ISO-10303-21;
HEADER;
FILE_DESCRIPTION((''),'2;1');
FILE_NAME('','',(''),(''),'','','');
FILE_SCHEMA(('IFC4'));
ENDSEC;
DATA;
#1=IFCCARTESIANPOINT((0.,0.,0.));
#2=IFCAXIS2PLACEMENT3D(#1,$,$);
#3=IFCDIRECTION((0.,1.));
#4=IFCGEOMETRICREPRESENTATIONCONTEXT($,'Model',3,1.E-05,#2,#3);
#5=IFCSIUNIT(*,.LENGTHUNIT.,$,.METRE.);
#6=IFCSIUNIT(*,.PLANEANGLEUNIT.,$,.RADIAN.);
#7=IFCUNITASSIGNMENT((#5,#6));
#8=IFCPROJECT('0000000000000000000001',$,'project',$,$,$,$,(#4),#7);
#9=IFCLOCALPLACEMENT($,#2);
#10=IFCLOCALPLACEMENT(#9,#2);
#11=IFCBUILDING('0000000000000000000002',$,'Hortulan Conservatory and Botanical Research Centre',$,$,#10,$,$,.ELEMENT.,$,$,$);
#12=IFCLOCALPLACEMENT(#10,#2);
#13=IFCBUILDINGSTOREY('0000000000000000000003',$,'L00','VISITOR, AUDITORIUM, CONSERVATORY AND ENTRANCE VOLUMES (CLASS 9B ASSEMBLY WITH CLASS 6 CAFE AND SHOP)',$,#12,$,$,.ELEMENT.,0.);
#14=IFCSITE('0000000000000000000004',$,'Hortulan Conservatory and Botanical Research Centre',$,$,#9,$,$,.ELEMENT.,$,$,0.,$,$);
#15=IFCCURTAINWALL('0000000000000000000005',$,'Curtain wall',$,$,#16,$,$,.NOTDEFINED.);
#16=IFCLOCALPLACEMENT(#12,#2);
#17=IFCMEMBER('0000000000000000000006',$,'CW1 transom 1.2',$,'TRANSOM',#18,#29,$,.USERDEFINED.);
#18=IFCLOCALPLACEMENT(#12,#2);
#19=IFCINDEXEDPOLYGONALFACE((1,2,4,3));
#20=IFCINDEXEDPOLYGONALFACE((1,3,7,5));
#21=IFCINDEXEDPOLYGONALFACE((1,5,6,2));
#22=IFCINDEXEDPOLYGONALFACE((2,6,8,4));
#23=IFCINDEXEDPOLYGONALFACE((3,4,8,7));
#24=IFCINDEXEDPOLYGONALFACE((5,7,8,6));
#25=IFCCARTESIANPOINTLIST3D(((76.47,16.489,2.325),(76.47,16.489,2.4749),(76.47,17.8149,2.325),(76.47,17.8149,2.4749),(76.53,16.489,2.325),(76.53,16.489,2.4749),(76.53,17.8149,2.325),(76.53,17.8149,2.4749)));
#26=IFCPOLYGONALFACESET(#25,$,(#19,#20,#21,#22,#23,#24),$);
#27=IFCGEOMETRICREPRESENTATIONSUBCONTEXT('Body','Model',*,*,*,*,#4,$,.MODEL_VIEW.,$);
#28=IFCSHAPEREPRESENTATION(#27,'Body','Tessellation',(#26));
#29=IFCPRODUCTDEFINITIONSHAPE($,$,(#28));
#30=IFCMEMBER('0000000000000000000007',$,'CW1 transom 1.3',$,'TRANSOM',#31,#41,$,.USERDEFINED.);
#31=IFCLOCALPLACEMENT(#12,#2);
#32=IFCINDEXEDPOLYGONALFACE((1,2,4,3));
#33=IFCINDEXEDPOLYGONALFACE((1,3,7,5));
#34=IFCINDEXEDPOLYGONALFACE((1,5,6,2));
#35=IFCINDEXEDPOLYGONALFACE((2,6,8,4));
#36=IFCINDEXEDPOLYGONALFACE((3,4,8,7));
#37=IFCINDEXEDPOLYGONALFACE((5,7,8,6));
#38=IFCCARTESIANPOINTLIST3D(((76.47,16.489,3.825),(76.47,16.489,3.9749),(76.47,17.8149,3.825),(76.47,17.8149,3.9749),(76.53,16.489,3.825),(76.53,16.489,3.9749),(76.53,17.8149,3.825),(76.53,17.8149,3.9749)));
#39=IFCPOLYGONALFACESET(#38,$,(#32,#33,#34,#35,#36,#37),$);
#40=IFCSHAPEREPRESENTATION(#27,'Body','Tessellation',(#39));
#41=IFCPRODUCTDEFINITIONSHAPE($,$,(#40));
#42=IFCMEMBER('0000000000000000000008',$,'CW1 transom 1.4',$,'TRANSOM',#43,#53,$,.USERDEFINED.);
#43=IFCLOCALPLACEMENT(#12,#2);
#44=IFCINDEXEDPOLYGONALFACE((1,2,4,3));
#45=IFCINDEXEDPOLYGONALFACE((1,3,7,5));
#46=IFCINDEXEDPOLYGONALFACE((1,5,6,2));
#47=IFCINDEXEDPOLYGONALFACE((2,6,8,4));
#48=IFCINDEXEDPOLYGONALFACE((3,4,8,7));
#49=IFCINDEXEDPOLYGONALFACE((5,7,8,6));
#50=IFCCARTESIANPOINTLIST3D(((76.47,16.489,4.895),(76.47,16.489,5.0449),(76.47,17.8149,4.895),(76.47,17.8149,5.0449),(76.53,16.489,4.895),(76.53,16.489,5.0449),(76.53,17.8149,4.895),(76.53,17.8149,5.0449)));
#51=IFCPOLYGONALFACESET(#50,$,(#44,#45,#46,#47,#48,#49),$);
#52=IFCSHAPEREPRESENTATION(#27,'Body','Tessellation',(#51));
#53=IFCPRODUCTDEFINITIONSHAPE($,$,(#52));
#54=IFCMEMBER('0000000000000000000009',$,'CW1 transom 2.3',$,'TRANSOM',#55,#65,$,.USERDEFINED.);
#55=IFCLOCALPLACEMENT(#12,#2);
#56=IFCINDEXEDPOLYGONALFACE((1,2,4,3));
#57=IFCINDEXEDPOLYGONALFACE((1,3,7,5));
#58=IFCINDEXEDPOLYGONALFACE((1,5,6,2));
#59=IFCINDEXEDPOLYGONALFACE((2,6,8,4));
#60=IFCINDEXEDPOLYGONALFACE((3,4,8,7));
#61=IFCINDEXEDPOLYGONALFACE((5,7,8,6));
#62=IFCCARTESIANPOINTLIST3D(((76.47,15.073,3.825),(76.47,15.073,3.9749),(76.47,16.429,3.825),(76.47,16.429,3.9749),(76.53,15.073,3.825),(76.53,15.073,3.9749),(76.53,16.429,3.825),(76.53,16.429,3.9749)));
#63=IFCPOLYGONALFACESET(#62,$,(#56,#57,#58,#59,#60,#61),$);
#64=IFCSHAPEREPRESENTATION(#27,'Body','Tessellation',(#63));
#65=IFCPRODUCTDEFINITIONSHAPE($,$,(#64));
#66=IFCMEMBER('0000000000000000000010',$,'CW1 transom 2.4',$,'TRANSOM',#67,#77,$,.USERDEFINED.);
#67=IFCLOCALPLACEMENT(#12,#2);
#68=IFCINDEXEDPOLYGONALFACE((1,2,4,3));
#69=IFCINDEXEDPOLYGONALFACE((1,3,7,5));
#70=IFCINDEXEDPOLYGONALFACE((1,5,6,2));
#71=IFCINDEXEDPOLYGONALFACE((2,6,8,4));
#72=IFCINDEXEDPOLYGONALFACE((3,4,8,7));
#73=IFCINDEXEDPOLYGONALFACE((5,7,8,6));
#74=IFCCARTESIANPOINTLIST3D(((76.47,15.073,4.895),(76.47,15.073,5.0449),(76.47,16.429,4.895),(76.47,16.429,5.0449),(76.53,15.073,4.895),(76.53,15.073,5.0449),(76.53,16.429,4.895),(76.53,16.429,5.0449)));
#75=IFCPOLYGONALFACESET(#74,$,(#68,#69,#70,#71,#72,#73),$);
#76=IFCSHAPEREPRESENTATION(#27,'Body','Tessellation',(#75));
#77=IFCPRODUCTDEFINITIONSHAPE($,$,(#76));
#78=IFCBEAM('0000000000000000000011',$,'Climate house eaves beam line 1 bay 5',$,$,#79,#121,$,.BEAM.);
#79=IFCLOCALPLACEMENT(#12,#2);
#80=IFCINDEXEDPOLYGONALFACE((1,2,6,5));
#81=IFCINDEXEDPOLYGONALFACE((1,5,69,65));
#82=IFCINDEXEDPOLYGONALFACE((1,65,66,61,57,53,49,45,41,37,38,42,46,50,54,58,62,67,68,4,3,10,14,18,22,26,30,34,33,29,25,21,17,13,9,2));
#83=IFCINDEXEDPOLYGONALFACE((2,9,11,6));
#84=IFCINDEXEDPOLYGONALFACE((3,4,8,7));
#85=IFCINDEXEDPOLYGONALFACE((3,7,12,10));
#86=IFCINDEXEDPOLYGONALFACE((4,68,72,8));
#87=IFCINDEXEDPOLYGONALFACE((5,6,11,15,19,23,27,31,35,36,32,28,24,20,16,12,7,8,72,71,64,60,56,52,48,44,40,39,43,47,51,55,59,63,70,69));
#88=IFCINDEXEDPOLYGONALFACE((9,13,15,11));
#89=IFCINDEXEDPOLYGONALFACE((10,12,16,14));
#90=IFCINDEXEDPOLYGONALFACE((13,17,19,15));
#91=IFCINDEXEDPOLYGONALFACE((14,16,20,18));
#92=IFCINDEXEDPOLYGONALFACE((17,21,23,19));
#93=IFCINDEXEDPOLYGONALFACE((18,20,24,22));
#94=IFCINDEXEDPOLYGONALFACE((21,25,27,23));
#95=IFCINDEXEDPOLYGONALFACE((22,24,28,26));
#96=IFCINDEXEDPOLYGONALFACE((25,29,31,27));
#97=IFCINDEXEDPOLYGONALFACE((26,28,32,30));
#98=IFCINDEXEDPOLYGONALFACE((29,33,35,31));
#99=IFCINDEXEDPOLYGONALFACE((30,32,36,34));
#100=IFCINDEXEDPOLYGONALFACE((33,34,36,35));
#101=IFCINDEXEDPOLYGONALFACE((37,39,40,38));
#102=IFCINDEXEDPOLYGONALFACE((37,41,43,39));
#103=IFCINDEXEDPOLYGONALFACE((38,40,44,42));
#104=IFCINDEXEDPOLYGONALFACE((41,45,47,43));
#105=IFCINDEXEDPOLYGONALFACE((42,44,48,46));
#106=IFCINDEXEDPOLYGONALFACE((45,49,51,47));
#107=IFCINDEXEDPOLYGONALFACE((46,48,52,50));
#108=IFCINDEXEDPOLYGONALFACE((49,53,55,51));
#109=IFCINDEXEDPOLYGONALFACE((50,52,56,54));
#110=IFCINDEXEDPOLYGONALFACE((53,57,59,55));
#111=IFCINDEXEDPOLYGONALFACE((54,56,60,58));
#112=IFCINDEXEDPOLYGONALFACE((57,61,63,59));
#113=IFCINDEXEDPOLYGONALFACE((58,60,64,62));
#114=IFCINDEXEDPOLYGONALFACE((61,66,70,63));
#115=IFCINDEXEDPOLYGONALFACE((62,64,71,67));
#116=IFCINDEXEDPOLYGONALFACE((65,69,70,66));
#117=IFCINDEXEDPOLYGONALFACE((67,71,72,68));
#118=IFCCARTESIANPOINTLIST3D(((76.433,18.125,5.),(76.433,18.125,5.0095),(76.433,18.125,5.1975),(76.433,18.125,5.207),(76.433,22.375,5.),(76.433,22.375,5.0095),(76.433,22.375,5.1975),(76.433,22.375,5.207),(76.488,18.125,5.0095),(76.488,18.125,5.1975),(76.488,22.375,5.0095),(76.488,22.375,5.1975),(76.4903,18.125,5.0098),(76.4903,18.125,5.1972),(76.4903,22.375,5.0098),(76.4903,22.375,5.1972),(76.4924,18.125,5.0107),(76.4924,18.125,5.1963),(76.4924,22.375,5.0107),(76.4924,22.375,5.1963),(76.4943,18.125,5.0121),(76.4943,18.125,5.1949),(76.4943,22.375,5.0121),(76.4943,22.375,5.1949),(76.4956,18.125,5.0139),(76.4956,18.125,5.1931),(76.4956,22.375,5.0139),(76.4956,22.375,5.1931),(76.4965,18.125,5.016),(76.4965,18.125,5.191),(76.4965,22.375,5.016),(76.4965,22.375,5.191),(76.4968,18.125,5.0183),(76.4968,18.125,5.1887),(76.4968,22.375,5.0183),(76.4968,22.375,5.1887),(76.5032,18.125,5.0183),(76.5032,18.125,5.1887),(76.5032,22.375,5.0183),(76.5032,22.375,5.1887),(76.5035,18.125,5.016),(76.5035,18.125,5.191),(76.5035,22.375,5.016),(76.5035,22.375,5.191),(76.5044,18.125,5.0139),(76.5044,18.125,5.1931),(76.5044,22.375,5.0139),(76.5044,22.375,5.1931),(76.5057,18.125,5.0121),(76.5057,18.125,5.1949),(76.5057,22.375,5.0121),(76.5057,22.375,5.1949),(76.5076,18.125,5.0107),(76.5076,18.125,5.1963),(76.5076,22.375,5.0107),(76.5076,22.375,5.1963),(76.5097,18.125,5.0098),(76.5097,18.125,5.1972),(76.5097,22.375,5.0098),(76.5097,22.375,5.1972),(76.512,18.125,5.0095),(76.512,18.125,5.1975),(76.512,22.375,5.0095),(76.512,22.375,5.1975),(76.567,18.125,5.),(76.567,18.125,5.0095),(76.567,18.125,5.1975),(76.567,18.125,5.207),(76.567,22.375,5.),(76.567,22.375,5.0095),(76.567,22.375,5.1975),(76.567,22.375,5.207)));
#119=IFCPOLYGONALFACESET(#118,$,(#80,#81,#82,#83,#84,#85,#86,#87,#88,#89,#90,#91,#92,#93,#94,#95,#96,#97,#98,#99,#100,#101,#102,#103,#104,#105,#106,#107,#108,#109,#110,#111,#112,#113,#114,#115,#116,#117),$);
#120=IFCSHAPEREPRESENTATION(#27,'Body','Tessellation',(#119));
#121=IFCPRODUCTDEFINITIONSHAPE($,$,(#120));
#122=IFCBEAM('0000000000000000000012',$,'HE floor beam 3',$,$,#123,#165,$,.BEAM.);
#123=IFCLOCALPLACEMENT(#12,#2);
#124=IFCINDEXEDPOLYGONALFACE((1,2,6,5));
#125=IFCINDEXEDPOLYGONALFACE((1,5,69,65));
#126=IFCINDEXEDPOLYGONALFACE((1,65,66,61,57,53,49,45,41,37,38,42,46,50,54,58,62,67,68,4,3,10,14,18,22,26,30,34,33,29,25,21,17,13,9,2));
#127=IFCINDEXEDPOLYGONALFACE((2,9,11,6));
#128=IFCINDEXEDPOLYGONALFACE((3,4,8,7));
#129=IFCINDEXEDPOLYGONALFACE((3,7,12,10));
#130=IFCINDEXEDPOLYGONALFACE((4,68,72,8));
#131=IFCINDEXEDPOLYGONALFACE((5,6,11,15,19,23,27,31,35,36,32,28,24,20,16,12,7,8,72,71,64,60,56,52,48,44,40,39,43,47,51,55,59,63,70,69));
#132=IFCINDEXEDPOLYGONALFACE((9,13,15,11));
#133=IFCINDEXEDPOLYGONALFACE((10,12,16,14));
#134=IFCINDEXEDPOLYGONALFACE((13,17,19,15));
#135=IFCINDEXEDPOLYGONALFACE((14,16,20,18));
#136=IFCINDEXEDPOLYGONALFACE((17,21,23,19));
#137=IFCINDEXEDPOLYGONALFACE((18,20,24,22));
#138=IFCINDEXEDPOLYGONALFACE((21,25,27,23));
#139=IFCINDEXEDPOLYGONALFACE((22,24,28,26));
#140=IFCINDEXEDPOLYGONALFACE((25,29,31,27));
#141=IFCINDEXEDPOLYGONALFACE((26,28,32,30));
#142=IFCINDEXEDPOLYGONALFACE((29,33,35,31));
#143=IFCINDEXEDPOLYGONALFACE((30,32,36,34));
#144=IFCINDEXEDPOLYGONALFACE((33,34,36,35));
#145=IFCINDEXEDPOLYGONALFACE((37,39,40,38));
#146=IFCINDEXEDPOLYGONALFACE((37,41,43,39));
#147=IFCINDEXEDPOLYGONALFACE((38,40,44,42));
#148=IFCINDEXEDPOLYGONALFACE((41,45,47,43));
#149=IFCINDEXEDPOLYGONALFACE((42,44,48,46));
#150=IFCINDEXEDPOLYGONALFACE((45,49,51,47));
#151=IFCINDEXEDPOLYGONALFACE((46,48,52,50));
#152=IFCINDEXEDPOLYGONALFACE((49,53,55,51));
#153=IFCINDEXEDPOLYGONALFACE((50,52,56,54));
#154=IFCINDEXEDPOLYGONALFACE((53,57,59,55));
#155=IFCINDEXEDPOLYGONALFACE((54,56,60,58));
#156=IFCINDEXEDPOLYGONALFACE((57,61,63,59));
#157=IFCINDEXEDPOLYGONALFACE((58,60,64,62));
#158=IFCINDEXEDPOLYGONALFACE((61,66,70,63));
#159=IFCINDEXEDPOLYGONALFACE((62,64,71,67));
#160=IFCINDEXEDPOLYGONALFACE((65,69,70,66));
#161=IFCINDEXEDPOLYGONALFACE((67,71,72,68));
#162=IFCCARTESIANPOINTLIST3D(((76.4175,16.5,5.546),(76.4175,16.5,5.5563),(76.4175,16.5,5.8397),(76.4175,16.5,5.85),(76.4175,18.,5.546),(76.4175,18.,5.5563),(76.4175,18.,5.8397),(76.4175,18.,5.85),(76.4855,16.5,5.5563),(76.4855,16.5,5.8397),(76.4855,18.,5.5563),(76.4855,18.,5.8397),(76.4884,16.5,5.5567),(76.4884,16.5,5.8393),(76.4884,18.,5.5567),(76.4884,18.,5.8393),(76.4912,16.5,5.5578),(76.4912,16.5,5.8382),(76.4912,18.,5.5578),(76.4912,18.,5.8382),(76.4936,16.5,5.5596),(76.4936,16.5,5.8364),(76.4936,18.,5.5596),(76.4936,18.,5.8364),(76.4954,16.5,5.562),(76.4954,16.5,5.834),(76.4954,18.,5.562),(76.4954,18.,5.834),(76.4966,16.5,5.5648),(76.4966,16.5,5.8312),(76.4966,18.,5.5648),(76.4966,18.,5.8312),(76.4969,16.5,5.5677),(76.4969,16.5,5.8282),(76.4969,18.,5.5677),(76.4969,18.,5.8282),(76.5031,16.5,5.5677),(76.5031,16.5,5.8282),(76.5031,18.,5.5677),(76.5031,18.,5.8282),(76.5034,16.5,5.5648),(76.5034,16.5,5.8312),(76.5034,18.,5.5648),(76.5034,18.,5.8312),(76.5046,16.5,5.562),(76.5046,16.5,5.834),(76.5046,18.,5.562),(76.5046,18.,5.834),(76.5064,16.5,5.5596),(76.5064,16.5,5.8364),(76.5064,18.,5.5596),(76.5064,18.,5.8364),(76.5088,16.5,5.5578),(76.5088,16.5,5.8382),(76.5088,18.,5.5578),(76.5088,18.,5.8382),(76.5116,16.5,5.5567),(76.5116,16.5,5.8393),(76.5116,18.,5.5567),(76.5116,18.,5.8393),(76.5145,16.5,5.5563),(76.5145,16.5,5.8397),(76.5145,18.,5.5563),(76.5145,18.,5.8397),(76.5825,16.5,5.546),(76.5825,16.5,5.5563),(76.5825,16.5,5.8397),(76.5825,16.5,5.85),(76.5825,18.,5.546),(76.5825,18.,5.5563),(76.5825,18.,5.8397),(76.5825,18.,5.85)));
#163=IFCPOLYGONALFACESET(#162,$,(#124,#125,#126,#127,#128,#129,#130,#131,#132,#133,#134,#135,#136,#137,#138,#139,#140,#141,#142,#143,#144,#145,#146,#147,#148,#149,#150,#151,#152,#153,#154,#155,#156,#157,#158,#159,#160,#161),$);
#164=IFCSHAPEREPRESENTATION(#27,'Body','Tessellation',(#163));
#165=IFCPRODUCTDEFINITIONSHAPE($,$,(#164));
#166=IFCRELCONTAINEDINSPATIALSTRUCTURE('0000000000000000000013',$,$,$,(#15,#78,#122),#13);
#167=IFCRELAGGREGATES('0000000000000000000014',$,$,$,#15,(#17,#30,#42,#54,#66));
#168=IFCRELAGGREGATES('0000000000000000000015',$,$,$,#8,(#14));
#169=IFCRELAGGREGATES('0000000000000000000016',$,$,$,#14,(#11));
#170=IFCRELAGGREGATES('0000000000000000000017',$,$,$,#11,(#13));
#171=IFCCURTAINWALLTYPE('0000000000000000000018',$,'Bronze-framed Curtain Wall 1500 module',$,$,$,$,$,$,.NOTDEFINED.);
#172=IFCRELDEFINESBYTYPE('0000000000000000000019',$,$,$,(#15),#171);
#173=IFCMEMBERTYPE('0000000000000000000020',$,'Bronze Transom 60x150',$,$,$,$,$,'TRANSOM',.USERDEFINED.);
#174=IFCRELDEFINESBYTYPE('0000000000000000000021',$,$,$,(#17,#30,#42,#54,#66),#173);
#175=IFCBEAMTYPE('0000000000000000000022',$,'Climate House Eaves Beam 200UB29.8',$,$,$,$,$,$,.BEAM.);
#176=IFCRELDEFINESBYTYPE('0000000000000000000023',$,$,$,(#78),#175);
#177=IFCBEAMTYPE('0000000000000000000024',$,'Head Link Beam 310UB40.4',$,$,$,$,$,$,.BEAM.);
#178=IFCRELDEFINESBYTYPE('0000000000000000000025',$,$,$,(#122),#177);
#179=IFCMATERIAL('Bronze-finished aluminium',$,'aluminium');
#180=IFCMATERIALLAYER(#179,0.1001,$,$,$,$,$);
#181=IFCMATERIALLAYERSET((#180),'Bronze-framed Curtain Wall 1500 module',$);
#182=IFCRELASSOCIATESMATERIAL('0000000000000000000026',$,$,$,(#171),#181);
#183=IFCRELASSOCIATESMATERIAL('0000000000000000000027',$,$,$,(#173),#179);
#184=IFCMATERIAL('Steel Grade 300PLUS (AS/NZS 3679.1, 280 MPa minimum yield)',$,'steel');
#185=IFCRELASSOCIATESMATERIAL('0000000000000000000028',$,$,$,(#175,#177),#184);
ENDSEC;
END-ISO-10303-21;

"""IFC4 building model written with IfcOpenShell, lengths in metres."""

from ifc_helpers import new_model, si_unit, direction, frame, origin, origin_2d, place, context, subcontext, project, spatial, rectangle, i_section, extrude, material, layer, layer_set, material_profile, profile_set, type_object, element, aggregate, save


model = new_model("IFC4")

# Units and contexts
model_context = context("Model", 3, precision=1e-05, world=origin(), true_north=direction((0.0, 1.0)))
body_context = subcontext(model_context, "Body", "Model", "MODEL_VIEW")
ifc_project = project(units=[si_unit("LENGTHUNIT", "METRE"), si_unit("PLANEANGLEUNIT", "RADIAN")], contexts=[model_context])

# Site, building, storey
site_placement = place(None, origin())
site = spatial("IfcSite", under=ifc_project, at=site_placement, Name="Hortulan Conservatory and Botanical Research Centre", CompositionType="ELEMENT", RefElevation=0.0)
building_placement = place(site_placement, origin())
building = spatial("IfcBuilding", under=site, at=building_placement, Name="Hortulan Conservatory and Botanical Research Centre", CompositionType="ELEMENT")
storey_placement = place(building_placement, origin())
storey = spatial("IfcBuildingStorey", under=building, at=storey_placement, Name="L00", Description="VISITOR, AUDITORIUM, CONSERVATORY AND ENTRANCE VOLUMES (CLASS 9B ASSEMBLY WITH CLASS 6 CAFE AND SHOP)", CompositionType="ELEMENT", Elevation=0.0)

# Curtain wall
ifc_material_1 = material(Name="Bronze-finished aluminium", Category="aluminium")
ifc_layer_1 = layer(ifc_material_1, 0.1001)
ifc_layer_set_1 = layer_set([ifc_layer_1], Name="Bronze-framed Curtain Wall 1500 module")
curtain_wall_type = type_object("IfcCurtainWallType", Name="Bronze-framed Curtain Wall 1500 module", PredefinedType="NOTDEFINED", material=ifc_layer_set_1)
curtain_wall_1_placement = place(storey_placement, origin())
curtain_wall_1 = element("IfcCurtainWall", 1, at=curtain_wall_1_placement, inside=storey, type_object=curtain_wall_type, Name="Curtain wall", PredefinedType="NOTDEFINED")

# Members
ifc_material_profile_1 = material_profile(ifc_material_1, rectangle(XDim=0.0601, YDim=0.1499, at=origin_2d()), Name="Bronze Transom 60x150")
ifc_profile_set_1 = profile_set([ifc_material_profile_1], Name="Bronze-finished aluminium")
member_type_1 = type_object("IfcMemberType", Name="Bronze Transom 60x150", ElementType="TRANSOM", PredefinedType="USERDEFINED", material=ifc_profile_set_1)
member_1_placement = place(storey_placement, frame((76.5, 17.8149, 2.3999), z_axis=(0.0, -1.0, 0.0), x_axis=(1.0, 0.0, 0.0)))
member_1 = element("IfcMember", 2, at=member_1_placement, type_object=member_type_1, Name="CW1 transom 1.2", ObjectType="TRANSOM", PredefinedType="USERDEFINED", context=body_context, shape_type="SweptSolid", body=[
    extrude(rectangle(XDim=0.0601, YDim=0.1499, at=origin_2d()), origin(), (0.0, 0.0, 1.0), 1.3259),
])
member_2_placement = place(storey_placement, frame((76.5, 17.8149, 3.8999), z_axis=(0.0, -1.0, 0.0), x_axis=(1.0, 0.0, 0.0)))
member_2 = element("IfcMember", 3, at=member_2_placement, type_object=member_type_1, Name="CW1 transom 1.3", ObjectType="TRANSOM", PredefinedType="USERDEFINED", context=body_context, shape_type="SweptSolid", body=[
    extrude(rectangle(XDim=0.0601, YDim=0.1499, at=origin_2d()), origin(), (0.0, 0.0, 1.0), 1.3259),
])
member_3_placement = place(storey_placement, frame((76.5, 17.8149, 4.97), z_axis=(0.0, -1.0, 0.0), x_axis=(1.0, 0.0, 0.0)))
member_3 = element("IfcMember", 4, at=member_3_placement, type_object=member_type_1, Name="CW1 transom 1.4", ObjectType="TRANSOM", PredefinedType="USERDEFINED", context=body_context, shape_type="SweptSolid", body=[
    extrude(rectangle(XDim=0.0601, YDim=0.1499, at=origin_2d()), origin(), (0.0, 0.0, 1.0), 1.3259),
])
member_4_placement = place(storey_placement, frame((76.5, 16.429, 3.8999), z_axis=(0.0, -1.0, 0.0), x_axis=(1.0, 0.0, 0.0)))
member_4 = element("IfcMember", 5, at=member_4_placement, type_object=member_type_1, Name="CW1 transom 2.3", ObjectType="TRANSOM", PredefinedType="USERDEFINED", context=body_context, shape_type="SweptSolid", body=[
    extrude(rectangle(XDim=0.0601, YDim=0.1499, at=origin_2d()), origin(), (0.0, 0.0, 1.0), 1.356),
])
member_5_placement = place(storey_placement, frame((76.5, 16.429, 4.97), z_axis=(0.0, -1.0, 0.0), x_axis=(1.0, 0.0, 0.0)))
member_5 = element("IfcMember", 6, at=member_5_placement, type_object=member_type_1, Name="CW1 transom 2.4", ObjectType="TRANSOM", PredefinedType="USERDEFINED", context=body_context, shape_type="SweptSolid", body=[
    extrude(rectangle(XDim=0.0601, YDim=0.1499, at=origin_2d()), origin(), (0.0, 0.0, 1.0), 1.356),
])

# Beams
ifc_material_2 = material(Name="Steel Grade 300PLUS (AS/NZS 3679.1, 280 MPa minimum yield)", Category="steel")
ifc_material_profile_2 = material_profile(ifc_material_2, i_section(OverallWidth=0.134, OverallDepth=0.207, WebThickness=0.0063, FlangeThickness=0.0095, FilletRadius=0.0088, at=origin_2d()), Name="200UB29.8")
ifc_profile_set_2 = profile_set([ifc_material_profile_2], Name="Steel Grade 300PLUS (AS/NZS 3679.1, 280 MPa minimum yield)")
beam_type_1 = type_object("IfcBeamType", Name="Climate House Eaves Beam 200UB29.8", PredefinedType="BEAM", material=ifc_profile_set_2)
beam_1_placement = place(storey_placement, frame((76.5, 18.125, 5.1035), z_axis=(0.0, 1.0, 0.0), x_axis=(-1.0, 0.0, 0.0)))
element("IfcBeam", 7, at=beam_1_placement, inside=storey, type_object=beam_type_1, Name="Climate house eaves beam line 1 bay 5", PredefinedType="BEAM", context=body_context, shape_type="SweptSolid", body=[
    extrude(i_section(OverallWidth=0.134, OverallDepth=0.207, WebThickness=0.0063, FlangeThickness=0.0095, FilletRadius=0.0088, at=origin_2d()), origin(), (0.0, 0.0, 1.0), 4.25),
])
ifc_material_profile_3 = material_profile(ifc_material_2, i_section(OverallWidth=0.165, OverallDepth=0.304, WebThickness=0.0061, FlangeThickness=0.0103, FilletRadius=0.0115, at=origin_2d()), Name="310UB40.4")
ifc_profile_set_3 = profile_set([ifc_material_profile_3], Name="Steel Grade 300PLUS (AS/NZS 3679.1, 280 MPa minimum yield)")
beam_type_2 = type_object("IfcBeamType", Name="Head Link Beam 310UB40.4", PredefinedType="BEAM", material=ifc_profile_set_3)
beam_2_placement = place(storey_placement, frame((76.5, 16.5, 5.698), z_axis=(0.0, 1.0, 0.0), x_axis=(-1.0, 0.0, 0.0)))
element("IfcBeam", 8, at=beam_2_placement, inside=storey, type_object=beam_type_2, Name="HE floor beam 3", PredefinedType="BEAM", context=body_context, shape_type="SweptSolid", body=[
    extrude(i_section(OverallWidth=0.165, OverallDepth=0.304, WebThickness=0.0061, FlangeThickness=0.0103, FilletRadius=0.0115, at=origin_2d()), origin(), (0.0, 0.0, 1.0), 1.5),
])

aggregate(curtain_wall_1, [member_1, member_2, member_3, member_4, member_5])

save(model, "model.ifc")
